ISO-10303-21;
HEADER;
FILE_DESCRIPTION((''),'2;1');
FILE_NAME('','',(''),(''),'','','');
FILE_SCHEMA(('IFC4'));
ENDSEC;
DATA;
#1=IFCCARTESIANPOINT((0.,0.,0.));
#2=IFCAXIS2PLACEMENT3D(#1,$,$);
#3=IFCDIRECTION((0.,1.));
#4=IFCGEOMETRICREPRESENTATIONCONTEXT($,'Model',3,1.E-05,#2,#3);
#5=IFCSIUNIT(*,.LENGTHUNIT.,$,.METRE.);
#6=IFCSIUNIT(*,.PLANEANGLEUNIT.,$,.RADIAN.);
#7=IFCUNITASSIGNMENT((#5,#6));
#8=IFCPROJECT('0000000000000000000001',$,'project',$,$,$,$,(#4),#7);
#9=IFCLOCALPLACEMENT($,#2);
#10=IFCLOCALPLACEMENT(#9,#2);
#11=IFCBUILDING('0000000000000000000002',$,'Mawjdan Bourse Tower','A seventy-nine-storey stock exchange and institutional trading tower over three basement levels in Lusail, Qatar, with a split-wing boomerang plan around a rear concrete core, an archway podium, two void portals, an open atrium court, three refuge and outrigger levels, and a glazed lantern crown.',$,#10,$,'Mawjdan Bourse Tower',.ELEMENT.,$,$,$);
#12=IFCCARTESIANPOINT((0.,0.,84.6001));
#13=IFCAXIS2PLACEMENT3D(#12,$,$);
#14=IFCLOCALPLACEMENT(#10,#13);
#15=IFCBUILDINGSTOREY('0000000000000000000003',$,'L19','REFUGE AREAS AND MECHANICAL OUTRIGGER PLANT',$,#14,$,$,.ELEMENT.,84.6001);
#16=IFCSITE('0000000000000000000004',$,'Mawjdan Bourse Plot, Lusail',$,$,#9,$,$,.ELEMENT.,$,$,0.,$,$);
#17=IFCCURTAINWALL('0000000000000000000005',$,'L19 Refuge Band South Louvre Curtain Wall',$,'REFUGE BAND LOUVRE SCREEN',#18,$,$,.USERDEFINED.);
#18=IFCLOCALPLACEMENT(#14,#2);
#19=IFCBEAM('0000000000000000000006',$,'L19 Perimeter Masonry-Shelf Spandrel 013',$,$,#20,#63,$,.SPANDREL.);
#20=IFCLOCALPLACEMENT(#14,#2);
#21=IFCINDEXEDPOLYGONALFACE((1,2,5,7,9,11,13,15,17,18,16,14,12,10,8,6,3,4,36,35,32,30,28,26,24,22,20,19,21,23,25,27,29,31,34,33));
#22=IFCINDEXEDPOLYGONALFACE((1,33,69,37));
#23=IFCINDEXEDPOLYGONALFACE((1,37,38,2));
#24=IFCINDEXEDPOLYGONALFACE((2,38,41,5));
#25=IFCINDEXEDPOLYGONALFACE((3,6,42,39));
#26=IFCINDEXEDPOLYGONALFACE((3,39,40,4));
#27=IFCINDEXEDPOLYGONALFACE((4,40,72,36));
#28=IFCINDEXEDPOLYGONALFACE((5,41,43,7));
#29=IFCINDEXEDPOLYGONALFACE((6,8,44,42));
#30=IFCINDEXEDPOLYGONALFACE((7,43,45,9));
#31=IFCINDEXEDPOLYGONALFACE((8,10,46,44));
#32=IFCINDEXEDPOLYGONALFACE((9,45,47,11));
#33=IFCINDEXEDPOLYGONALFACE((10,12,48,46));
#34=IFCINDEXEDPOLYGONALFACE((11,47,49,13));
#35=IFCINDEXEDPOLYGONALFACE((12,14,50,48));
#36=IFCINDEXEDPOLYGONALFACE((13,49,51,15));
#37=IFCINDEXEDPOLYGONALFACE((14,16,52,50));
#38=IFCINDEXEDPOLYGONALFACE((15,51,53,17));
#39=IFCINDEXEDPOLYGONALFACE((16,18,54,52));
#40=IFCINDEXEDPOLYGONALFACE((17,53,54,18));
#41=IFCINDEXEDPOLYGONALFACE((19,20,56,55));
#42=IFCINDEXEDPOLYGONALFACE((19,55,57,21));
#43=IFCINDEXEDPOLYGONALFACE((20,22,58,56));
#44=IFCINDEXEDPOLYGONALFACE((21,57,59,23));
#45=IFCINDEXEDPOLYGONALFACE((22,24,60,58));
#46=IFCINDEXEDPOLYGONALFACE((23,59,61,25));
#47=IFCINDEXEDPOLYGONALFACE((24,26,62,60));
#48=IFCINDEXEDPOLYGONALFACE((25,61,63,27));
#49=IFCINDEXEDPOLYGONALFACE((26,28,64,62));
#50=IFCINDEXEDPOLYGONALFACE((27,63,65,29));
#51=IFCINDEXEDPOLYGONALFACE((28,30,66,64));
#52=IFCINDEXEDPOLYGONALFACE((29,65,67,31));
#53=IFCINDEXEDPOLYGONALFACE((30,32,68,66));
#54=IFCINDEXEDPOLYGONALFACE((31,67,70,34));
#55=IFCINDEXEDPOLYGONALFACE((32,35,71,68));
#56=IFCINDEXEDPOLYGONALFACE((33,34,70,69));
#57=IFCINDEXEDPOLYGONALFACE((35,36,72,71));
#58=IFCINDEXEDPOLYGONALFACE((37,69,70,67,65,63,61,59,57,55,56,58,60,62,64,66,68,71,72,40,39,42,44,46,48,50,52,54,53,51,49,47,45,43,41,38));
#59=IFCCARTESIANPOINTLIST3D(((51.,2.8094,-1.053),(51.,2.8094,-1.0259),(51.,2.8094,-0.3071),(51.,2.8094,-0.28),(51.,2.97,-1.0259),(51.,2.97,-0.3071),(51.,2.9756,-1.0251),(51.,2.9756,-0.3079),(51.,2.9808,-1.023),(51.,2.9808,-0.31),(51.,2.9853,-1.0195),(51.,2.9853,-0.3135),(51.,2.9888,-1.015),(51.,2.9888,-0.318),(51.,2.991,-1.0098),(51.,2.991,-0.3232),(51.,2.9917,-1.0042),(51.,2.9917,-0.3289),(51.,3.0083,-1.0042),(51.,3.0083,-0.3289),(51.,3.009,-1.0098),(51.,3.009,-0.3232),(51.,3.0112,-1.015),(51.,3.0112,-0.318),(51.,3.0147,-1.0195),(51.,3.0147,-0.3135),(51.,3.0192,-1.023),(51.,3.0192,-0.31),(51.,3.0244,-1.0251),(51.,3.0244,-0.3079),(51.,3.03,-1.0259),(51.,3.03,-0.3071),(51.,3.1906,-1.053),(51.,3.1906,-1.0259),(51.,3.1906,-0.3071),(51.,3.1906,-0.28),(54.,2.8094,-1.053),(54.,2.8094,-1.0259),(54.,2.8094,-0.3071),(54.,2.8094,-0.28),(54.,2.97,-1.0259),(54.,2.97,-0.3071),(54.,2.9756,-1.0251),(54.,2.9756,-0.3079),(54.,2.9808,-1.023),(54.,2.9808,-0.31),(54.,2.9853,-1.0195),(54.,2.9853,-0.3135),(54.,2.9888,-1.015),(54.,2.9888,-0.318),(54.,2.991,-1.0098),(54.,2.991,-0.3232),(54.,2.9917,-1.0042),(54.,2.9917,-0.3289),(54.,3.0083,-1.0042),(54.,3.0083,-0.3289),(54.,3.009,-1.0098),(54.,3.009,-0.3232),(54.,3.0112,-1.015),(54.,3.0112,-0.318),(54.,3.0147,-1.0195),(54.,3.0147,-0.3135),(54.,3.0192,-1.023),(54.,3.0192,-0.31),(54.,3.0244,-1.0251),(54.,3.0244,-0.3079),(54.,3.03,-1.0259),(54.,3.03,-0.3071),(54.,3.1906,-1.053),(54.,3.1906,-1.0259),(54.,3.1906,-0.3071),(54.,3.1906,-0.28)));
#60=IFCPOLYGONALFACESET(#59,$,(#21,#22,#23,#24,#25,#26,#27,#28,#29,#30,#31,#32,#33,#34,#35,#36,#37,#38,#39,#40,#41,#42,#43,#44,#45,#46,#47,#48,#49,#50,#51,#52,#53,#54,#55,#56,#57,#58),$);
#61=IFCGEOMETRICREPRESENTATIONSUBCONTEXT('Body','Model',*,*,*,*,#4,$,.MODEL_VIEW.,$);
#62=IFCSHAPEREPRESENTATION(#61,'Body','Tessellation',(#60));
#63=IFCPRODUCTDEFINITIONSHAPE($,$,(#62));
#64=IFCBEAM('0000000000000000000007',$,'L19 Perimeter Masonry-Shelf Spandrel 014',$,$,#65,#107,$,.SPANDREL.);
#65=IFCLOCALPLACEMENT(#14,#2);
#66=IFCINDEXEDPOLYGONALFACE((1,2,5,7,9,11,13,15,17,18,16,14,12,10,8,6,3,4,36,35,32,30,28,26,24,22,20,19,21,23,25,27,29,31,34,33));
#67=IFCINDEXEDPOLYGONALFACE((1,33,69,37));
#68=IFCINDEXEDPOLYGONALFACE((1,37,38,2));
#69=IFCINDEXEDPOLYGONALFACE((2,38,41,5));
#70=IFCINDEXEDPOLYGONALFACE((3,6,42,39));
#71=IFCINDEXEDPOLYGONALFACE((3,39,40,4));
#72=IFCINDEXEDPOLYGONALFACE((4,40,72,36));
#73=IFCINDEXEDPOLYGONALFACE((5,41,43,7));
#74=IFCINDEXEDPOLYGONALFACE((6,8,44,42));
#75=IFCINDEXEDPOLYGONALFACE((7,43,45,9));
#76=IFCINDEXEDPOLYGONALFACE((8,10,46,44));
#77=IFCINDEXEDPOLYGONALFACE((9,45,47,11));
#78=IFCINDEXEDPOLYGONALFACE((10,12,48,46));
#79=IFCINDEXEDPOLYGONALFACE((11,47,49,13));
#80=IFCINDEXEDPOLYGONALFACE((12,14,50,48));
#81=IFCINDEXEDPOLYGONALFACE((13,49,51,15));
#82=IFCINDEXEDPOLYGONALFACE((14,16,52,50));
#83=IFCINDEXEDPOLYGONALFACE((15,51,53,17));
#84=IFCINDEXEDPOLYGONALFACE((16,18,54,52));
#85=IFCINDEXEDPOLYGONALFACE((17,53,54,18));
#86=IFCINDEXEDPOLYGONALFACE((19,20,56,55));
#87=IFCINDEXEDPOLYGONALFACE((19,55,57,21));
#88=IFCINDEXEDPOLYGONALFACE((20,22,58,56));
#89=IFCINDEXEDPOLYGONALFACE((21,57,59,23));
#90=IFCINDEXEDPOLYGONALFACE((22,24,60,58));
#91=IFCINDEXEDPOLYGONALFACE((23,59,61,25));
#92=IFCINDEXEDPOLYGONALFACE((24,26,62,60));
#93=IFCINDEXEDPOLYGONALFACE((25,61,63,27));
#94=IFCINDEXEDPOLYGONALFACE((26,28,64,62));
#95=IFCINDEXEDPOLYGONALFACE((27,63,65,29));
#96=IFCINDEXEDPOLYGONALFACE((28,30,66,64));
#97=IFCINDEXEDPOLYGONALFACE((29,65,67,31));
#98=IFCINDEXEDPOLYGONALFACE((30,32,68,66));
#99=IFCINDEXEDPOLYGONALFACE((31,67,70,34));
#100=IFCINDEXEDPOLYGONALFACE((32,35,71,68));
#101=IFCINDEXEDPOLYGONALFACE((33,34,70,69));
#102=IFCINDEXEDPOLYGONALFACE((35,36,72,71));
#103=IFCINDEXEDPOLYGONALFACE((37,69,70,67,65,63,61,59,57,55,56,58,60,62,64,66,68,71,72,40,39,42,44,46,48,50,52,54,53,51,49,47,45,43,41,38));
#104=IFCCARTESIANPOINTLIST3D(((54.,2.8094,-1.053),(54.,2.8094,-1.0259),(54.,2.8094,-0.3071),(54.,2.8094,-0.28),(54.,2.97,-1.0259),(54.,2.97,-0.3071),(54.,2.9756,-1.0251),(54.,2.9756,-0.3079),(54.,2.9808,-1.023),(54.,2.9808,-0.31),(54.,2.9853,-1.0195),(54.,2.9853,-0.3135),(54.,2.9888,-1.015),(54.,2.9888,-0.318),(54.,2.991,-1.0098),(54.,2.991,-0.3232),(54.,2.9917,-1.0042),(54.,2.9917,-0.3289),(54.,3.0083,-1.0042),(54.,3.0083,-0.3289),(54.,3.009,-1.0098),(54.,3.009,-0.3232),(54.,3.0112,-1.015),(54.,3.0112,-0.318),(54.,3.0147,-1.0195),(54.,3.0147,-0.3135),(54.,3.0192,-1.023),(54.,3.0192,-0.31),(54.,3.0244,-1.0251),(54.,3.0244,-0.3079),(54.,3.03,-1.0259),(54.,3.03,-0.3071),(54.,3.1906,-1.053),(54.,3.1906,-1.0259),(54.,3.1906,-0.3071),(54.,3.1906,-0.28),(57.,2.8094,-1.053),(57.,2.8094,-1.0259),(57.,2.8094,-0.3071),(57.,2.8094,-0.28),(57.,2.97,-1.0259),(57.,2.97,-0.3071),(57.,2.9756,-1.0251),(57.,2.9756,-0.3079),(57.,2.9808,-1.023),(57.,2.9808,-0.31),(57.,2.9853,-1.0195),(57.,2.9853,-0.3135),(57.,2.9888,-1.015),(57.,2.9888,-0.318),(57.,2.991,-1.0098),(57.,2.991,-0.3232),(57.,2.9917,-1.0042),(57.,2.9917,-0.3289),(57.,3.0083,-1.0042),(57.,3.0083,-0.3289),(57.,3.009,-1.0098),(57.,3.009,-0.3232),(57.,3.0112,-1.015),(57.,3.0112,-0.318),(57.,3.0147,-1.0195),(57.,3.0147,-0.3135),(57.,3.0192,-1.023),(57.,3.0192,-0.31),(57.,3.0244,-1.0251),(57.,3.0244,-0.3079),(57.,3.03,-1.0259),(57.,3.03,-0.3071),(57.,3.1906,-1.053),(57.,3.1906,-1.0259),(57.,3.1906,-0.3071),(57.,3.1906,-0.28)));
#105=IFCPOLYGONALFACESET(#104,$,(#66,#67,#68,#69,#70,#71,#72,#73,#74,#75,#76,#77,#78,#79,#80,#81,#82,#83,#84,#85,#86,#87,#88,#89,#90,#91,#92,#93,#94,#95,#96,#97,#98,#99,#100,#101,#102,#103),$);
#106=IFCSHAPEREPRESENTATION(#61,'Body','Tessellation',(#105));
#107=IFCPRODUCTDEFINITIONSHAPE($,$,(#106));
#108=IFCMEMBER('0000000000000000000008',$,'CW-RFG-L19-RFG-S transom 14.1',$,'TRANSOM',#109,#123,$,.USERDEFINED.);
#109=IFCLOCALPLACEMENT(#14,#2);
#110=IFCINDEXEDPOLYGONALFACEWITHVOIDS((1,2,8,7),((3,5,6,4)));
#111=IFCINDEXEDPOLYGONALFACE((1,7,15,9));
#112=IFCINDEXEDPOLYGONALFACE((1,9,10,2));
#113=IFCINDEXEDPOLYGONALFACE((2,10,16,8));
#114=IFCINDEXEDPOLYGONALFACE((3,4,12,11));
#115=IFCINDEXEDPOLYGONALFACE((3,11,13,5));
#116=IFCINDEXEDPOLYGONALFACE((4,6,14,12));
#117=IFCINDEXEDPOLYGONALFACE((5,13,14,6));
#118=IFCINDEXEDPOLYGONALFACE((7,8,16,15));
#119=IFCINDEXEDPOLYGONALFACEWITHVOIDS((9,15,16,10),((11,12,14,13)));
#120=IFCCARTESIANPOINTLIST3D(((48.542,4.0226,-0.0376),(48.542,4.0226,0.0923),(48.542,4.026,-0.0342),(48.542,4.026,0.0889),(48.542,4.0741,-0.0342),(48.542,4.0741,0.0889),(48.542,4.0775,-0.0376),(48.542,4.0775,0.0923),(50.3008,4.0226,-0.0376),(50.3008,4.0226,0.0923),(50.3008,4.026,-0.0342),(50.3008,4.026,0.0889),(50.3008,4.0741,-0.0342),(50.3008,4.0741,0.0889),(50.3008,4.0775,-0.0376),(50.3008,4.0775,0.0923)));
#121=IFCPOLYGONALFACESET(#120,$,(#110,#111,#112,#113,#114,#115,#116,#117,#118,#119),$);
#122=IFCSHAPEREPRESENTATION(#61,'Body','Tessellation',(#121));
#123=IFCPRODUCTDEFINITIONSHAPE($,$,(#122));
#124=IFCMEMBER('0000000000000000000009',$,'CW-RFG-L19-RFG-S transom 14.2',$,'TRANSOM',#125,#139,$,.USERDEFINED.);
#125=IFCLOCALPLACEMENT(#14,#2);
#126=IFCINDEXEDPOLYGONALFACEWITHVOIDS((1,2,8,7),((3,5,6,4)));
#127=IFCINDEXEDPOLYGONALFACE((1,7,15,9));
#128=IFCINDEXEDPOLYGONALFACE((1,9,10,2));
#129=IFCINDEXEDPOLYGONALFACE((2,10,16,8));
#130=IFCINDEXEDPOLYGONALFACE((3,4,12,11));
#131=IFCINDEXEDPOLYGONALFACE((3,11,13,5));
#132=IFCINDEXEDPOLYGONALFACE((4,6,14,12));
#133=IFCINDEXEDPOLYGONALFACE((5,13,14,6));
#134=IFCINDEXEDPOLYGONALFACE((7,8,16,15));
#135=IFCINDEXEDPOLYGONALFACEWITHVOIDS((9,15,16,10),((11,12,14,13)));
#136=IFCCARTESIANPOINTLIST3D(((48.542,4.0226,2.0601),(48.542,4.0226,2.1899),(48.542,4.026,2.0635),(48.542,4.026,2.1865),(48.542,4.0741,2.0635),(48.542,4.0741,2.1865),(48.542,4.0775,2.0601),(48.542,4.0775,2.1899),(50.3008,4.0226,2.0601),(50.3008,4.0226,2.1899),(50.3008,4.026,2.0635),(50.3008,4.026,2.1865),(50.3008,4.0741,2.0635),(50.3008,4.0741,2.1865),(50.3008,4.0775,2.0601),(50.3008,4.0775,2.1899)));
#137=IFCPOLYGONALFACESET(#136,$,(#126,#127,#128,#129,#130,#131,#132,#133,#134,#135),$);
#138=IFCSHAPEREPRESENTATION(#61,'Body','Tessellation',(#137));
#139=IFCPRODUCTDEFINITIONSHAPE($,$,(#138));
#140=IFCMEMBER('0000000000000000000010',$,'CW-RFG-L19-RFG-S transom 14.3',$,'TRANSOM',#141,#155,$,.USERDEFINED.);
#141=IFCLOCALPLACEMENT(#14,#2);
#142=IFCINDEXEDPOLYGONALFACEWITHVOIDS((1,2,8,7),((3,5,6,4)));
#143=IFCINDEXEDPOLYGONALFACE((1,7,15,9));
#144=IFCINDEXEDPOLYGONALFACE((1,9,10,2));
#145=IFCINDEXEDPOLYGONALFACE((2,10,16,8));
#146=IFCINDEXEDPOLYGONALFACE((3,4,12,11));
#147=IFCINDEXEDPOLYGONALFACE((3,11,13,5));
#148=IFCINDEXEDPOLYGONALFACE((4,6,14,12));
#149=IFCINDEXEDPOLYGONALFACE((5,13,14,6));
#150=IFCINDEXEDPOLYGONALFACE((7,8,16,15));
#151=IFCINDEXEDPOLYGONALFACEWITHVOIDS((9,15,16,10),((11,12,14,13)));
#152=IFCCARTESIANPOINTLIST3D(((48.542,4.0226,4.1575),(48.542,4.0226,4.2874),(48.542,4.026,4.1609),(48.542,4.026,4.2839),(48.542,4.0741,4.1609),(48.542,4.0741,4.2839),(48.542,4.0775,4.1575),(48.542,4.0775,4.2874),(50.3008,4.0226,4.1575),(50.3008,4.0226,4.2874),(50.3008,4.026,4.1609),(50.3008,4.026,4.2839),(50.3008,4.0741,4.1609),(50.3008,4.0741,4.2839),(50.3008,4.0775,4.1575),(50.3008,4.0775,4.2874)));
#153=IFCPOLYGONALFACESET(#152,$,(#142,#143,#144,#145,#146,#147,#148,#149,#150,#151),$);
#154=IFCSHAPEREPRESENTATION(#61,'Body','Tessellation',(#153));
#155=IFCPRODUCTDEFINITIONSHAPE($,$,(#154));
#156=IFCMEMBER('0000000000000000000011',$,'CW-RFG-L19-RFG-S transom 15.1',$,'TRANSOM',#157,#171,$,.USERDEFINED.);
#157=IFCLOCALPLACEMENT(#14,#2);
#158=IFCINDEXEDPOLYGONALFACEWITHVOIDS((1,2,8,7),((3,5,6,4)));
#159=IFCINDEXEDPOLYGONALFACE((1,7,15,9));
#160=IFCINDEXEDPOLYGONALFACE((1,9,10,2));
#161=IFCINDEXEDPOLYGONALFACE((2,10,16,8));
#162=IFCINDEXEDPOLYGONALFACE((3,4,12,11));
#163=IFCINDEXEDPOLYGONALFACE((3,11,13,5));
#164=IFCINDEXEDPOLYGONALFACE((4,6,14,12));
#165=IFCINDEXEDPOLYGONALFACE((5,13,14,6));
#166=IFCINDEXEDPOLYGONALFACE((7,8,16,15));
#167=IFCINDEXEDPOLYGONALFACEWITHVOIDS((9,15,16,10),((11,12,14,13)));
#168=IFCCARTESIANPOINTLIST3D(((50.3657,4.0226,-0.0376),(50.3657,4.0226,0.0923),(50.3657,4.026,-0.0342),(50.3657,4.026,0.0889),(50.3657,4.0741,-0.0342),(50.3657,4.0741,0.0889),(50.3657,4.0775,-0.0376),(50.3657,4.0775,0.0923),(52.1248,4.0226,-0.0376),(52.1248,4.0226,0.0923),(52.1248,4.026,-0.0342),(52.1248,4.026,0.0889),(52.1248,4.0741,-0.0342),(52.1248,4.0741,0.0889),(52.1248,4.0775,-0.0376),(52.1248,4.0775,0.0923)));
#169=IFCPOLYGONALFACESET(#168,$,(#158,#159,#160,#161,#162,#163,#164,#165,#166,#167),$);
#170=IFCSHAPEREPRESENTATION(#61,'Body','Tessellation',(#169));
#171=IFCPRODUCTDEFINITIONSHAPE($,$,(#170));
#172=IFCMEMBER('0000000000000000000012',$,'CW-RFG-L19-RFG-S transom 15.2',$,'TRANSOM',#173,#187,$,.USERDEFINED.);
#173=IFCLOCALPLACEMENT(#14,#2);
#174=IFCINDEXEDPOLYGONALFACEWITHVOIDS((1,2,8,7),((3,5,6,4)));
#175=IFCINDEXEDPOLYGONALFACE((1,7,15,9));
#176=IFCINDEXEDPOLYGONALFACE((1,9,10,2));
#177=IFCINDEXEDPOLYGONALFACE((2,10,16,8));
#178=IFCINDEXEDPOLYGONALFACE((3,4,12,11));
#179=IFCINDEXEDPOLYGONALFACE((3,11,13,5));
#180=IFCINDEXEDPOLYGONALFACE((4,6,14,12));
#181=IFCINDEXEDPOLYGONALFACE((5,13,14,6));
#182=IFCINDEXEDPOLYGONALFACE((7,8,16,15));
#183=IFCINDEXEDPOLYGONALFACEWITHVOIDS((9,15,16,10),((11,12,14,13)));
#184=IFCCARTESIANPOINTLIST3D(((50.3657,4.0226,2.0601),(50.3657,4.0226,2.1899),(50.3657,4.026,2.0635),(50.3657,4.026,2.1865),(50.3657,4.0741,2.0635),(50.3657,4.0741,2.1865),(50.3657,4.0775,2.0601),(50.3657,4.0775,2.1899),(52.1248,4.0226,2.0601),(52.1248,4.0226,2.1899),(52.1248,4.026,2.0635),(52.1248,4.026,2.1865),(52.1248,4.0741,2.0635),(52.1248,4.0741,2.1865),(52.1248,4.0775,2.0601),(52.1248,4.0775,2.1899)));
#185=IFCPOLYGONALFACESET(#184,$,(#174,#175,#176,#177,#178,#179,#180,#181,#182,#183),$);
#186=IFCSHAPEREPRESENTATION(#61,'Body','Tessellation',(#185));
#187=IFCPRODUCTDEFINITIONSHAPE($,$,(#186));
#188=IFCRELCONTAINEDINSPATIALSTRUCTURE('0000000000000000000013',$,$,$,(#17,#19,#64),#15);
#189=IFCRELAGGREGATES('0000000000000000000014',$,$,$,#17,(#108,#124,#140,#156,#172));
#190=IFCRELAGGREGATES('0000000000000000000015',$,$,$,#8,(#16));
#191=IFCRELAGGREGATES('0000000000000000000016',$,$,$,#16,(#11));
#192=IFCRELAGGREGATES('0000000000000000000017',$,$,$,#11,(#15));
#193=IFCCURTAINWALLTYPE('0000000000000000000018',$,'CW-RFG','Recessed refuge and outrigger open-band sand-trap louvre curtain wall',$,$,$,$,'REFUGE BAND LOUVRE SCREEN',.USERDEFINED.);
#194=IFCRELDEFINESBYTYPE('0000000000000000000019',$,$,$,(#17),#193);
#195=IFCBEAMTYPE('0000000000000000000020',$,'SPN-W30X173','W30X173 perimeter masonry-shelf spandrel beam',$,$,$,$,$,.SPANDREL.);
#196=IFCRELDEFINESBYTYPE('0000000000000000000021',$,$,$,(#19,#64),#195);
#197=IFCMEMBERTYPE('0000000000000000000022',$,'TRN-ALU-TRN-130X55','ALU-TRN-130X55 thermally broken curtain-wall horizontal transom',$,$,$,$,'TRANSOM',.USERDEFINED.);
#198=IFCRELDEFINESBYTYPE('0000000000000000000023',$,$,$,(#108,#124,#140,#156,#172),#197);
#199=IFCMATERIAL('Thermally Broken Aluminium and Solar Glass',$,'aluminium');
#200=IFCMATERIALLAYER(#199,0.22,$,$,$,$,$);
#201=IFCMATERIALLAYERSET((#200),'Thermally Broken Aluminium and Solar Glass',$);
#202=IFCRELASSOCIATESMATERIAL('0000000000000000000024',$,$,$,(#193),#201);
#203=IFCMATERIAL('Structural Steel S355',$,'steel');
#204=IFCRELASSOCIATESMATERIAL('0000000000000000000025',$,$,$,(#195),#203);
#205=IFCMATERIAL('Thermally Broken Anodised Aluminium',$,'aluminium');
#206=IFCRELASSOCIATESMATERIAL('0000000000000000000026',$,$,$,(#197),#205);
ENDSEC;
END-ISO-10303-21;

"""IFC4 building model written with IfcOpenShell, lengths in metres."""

from ifc_helpers import new_model, si_unit, direction, frame, origin, origin_2d, place, context, subcontext, project, spatial, hollow_rectangle, i_section, extrude, material, layer, layer_set, material_profile, profile_set, type_object, element, aggregate, save


model = new_model("IFC4")

# Units and contexts
model_context = context("Model", 3, precision=1e-05, world=origin(), true_north=direction((0.0, 1.0)))
body_context = subcontext(model_context, "Body", "Model", "MODEL_VIEW")
ifc_project = project(units=[si_unit("LENGTHUNIT", "METRE"), si_unit("PLANEANGLEUNIT", "RADIAN")], contexts=[model_context])

# Site, building, storey
site_placement = place(None, origin())
site = spatial("IfcSite", under=ifc_project, at=site_placement, Name="Mawjdan Bourse Plot, Lusail", CompositionType="ELEMENT", RefElevation=0.0)
building_placement = place(site_placement, origin())
building = spatial("IfcBuilding", under=site, at=building_placement, Name="Mawjdan Bourse Tower", Description="A seventy-nine-storey stock exchange and institutional trading tower over three basement levels in Lusail, Qatar, with a split-wing boomerang plan around a rear concrete core, an archway podium, two void portals, an open atrium court, three refuge and outrigger levels, and a glazed lantern crown.", LongName="Mawjdan Bourse Tower", CompositionType="ELEMENT")
storey_placement = place(building_placement, frame((0.0, 0.0, 84.6001)))
storey = spatial("IfcBuildingStorey", under=building, at=storey_placement, Name="L19", Description="REFUGE AREAS AND MECHANICAL OUTRIGGER PLANT", CompositionType="ELEMENT", Elevation=84.6001)

# Shared definitions
ifc_material_1 = material(Name="Structural Steel S355", Category="steel")

# Curtain wall
ifc_material_2 = material(Name="Thermally Broken Aluminium and Solar Glass", Category="aluminium")
ifc_layer_1 = layer(ifc_material_2, 0.22)
ifc_layer_set_1 = layer_set([ifc_layer_1], Name="Thermally Broken Aluminium and Solar Glass")
curtain_wall_type = type_object("IfcCurtainWallType", Name="CW-RFG", Description="Recessed refuge and outrigger open-band sand-trap louvre curtain wall", ElementType="REFUGE BAND LOUVRE SCREEN", PredefinedType="USERDEFINED", material=ifc_layer_set_1)
curtain_wall_placement = place(storey_placement, origin())
curtain_wall = element("IfcCurtainWall", 1, at=curtain_wall_placement, inside=storey, type_object=curtain_wall_type, Name="L19 Refuge Band South Louvre Curtain Wall", ObjectType="REFUGE BAND LOUVRE SCREEN", PredefinedType="USERDEFINED")
ifc_material_3 = material(Name="Thermally Broken Anodised Aluminium", Category="aluminium")

# Beams
ifc_material_profile_1 = material_profile(ifc_material_1, i_section(OverallWidth=0.3811, OverallDepth=0.7729, WebThickness=0.0166, FlangeThickness=0.0271, FilletRadius=0.0217, at=origin_2d()), Name="W30X173")
ifc_profile_set_1 = profile_set([ifc_material_profile_1], Name="Structural Steel S355")
beam_type_1 = type_object("IfcBeamType", Name="SPN-W30X173", Description="W30X173 perimeter masonry-shelf spandrel beam", PredefinedType="SPANDREL", material=ifc_profile_set_1)
for number, where, z_axis, x_axis, name in (
    (2, (51.0, 3.0, -0.6665), (1.0, 0.0, 0.0), (0.0, 1.0, 0.0), "L19 Perimeter Masonry-Shelf Spandrel 013"),
    (3, (54.0, 3.0, -0.6665), (1.0, 0.0, 0.0), (0.0, 1.0, 0.0), "L19 Perimeter Masonry-Shelf Spandrel 014"),
):
    element("IfcBeam", number, at=place(storey_placement, frame(where, z_axis=z_axis, x_axis=x_axis)), inside=storey, type_object=beam_type_1, Name=name, PredefinedType="SPANDREL", context=body_context, shape_type="SweptSolid", body=[
        extrude(i_section(OverallWidth=0.3811, OverallDepth=0.7729, WebThickness=0.0166, FlangeThickness=0.0271, FilletRadius=0.0217, at=origin_2d()), origin(), (0.0, 0.0, 1.0), 3.0),
    ])

# Members
ifc_material_profile_2 = material_profile(ifc_material_3, hollow_rectangle(XDim=0.0549, YDim=0.1299, WallThickness=0.0034, at=origin_2d()), Name="ALU-TRN-130X55")
ifc_profile_set_2 = profile_set([ifc_material_profile_2], Name="Thermally Broken Anodised Aluminium")
member_type_1 = type_object("IfcMemberType", Name="TRN-ALU-TRN-130X55", Description="ALU-TRN-130X55 thermally broken curtain-wall horizontal transom", ElementType="TRANSOM", PredefinedType="USERDEFINED", material=ifc_profile_set_2)
member_1_placement = place(storey_placement, frame((48.542, 4.05, 0.0273), z_axis=(1.0, 0.0, 0.0), x_axis=(0.0, 1.0, 0.0)))
member_1 = element("IfcMember", 4, at=member_1_placement, type_object=member_type_1, Name="CW-RFG-L19-RFG-S transom 14.1", ObjectType="TRANSOM", PredefinedType="USERDEFINED", context=body_context, shape_type="SweptSolid", body=[
    extrude(hollow_rectangle(XDim=0.0549, YDim=0.1299, WallThickness=0.0034, at=origin_2d()), origin(), (0.0, 0.0, 1.0), 1.7588),
])
member_2_placement = place(storey_placement, frame((48.542, 4.05, 2.125), z_axis=(1.0, 0.0, 0.0), x_axis=(0.0, 1.0, 0.0)))
member_2 = element("IfcMember", 5, at=member_2_placement, type_object=member_type_1, Name="CW-RFG-L19-RFG-S transom 14.2", ObjectType="TRANSOM", PredefinedType="USERDEFINED", context=body_context, shape_type="SweptSolid", body=[
    extrude(hollow_rectangle(XDim=0.0549, YDim=0.1299, WallThickness=0.0034, at=origin_2d()), origin(), (0.0, 0.0, 1.0), 1.7588),
])
member_3_placement = place(storey_placement, frame((48.542, 4.05, 4.2224), z_axis=(1.0, 0.0, 0.0), x_axis=(0.0, 1.0, 0.0)))
member_3 = element("IfcMember", 6, at=member_3_placement, type_object=member_type_1, Name="CW-RFG-L19-RFG-S transom 14.3", ObjectType="TRANSOM", PredefinedType="USERDEFINED", context=body_context, shape_type="SweptSolid", body=[
    extrude(hollow_rectangle(XDim=0.0549, YDim=0.1299, WallThickness=0.0034, at=origin_2d()), origin(), (0.0, 0.0, 1.0), 1.7588),
])
member_4_placement = place(storey_placement, frame((50.3657, 4.05, 0.0273), z_axis=(1.0, 0.0, 0.0), x_axis=(0.0, 1.0, 0.0)))
member_4 = element("IfcMember", 7, at=member_4_placement, type_object=member_type_1, Name="CW-RFG-L19-RFG-S transom 15.1", ObjectType="TRANSOM", PredefinedType="USERDEFINED", context=body_context, shape_type="SweptSolid", body=[
    extrude(hollow_rectangle(XDim=0.0549, YDim=0.1299, WallThickness=0.0034, at=origin_2d()), origin(), (0.0, 0.0, 1.0), 1.759),
])
member_5_placement = place(storey_placement, frame((50.3657, 4.05, 2.125), z_axis=(1.0, 0.0, 0.0), x_axis=(0.0, 1.0, 0.0)))
member_5 = element("IfcMember", 8, at=member_5_placement, type_object=member_type_1, Name="CW-RFG-L19-RFG-S transom 15.2", ObjectType="TRANSOM", PredefinedType="USERDEFINED", context=body_context, shape_type="SweptSolid", body=[
    extrude(hollow_rectangle(XDim=0.0549, YDim=0.1299, WallThickness=0.0034, at=origin_2d()), origin(), (0.0, 0.0, 1.0), 1.759),
])

aggregate(curtain_wall, [member_1, member_2, member_3, member_4, member_5])

save(model, "model.ifc")
